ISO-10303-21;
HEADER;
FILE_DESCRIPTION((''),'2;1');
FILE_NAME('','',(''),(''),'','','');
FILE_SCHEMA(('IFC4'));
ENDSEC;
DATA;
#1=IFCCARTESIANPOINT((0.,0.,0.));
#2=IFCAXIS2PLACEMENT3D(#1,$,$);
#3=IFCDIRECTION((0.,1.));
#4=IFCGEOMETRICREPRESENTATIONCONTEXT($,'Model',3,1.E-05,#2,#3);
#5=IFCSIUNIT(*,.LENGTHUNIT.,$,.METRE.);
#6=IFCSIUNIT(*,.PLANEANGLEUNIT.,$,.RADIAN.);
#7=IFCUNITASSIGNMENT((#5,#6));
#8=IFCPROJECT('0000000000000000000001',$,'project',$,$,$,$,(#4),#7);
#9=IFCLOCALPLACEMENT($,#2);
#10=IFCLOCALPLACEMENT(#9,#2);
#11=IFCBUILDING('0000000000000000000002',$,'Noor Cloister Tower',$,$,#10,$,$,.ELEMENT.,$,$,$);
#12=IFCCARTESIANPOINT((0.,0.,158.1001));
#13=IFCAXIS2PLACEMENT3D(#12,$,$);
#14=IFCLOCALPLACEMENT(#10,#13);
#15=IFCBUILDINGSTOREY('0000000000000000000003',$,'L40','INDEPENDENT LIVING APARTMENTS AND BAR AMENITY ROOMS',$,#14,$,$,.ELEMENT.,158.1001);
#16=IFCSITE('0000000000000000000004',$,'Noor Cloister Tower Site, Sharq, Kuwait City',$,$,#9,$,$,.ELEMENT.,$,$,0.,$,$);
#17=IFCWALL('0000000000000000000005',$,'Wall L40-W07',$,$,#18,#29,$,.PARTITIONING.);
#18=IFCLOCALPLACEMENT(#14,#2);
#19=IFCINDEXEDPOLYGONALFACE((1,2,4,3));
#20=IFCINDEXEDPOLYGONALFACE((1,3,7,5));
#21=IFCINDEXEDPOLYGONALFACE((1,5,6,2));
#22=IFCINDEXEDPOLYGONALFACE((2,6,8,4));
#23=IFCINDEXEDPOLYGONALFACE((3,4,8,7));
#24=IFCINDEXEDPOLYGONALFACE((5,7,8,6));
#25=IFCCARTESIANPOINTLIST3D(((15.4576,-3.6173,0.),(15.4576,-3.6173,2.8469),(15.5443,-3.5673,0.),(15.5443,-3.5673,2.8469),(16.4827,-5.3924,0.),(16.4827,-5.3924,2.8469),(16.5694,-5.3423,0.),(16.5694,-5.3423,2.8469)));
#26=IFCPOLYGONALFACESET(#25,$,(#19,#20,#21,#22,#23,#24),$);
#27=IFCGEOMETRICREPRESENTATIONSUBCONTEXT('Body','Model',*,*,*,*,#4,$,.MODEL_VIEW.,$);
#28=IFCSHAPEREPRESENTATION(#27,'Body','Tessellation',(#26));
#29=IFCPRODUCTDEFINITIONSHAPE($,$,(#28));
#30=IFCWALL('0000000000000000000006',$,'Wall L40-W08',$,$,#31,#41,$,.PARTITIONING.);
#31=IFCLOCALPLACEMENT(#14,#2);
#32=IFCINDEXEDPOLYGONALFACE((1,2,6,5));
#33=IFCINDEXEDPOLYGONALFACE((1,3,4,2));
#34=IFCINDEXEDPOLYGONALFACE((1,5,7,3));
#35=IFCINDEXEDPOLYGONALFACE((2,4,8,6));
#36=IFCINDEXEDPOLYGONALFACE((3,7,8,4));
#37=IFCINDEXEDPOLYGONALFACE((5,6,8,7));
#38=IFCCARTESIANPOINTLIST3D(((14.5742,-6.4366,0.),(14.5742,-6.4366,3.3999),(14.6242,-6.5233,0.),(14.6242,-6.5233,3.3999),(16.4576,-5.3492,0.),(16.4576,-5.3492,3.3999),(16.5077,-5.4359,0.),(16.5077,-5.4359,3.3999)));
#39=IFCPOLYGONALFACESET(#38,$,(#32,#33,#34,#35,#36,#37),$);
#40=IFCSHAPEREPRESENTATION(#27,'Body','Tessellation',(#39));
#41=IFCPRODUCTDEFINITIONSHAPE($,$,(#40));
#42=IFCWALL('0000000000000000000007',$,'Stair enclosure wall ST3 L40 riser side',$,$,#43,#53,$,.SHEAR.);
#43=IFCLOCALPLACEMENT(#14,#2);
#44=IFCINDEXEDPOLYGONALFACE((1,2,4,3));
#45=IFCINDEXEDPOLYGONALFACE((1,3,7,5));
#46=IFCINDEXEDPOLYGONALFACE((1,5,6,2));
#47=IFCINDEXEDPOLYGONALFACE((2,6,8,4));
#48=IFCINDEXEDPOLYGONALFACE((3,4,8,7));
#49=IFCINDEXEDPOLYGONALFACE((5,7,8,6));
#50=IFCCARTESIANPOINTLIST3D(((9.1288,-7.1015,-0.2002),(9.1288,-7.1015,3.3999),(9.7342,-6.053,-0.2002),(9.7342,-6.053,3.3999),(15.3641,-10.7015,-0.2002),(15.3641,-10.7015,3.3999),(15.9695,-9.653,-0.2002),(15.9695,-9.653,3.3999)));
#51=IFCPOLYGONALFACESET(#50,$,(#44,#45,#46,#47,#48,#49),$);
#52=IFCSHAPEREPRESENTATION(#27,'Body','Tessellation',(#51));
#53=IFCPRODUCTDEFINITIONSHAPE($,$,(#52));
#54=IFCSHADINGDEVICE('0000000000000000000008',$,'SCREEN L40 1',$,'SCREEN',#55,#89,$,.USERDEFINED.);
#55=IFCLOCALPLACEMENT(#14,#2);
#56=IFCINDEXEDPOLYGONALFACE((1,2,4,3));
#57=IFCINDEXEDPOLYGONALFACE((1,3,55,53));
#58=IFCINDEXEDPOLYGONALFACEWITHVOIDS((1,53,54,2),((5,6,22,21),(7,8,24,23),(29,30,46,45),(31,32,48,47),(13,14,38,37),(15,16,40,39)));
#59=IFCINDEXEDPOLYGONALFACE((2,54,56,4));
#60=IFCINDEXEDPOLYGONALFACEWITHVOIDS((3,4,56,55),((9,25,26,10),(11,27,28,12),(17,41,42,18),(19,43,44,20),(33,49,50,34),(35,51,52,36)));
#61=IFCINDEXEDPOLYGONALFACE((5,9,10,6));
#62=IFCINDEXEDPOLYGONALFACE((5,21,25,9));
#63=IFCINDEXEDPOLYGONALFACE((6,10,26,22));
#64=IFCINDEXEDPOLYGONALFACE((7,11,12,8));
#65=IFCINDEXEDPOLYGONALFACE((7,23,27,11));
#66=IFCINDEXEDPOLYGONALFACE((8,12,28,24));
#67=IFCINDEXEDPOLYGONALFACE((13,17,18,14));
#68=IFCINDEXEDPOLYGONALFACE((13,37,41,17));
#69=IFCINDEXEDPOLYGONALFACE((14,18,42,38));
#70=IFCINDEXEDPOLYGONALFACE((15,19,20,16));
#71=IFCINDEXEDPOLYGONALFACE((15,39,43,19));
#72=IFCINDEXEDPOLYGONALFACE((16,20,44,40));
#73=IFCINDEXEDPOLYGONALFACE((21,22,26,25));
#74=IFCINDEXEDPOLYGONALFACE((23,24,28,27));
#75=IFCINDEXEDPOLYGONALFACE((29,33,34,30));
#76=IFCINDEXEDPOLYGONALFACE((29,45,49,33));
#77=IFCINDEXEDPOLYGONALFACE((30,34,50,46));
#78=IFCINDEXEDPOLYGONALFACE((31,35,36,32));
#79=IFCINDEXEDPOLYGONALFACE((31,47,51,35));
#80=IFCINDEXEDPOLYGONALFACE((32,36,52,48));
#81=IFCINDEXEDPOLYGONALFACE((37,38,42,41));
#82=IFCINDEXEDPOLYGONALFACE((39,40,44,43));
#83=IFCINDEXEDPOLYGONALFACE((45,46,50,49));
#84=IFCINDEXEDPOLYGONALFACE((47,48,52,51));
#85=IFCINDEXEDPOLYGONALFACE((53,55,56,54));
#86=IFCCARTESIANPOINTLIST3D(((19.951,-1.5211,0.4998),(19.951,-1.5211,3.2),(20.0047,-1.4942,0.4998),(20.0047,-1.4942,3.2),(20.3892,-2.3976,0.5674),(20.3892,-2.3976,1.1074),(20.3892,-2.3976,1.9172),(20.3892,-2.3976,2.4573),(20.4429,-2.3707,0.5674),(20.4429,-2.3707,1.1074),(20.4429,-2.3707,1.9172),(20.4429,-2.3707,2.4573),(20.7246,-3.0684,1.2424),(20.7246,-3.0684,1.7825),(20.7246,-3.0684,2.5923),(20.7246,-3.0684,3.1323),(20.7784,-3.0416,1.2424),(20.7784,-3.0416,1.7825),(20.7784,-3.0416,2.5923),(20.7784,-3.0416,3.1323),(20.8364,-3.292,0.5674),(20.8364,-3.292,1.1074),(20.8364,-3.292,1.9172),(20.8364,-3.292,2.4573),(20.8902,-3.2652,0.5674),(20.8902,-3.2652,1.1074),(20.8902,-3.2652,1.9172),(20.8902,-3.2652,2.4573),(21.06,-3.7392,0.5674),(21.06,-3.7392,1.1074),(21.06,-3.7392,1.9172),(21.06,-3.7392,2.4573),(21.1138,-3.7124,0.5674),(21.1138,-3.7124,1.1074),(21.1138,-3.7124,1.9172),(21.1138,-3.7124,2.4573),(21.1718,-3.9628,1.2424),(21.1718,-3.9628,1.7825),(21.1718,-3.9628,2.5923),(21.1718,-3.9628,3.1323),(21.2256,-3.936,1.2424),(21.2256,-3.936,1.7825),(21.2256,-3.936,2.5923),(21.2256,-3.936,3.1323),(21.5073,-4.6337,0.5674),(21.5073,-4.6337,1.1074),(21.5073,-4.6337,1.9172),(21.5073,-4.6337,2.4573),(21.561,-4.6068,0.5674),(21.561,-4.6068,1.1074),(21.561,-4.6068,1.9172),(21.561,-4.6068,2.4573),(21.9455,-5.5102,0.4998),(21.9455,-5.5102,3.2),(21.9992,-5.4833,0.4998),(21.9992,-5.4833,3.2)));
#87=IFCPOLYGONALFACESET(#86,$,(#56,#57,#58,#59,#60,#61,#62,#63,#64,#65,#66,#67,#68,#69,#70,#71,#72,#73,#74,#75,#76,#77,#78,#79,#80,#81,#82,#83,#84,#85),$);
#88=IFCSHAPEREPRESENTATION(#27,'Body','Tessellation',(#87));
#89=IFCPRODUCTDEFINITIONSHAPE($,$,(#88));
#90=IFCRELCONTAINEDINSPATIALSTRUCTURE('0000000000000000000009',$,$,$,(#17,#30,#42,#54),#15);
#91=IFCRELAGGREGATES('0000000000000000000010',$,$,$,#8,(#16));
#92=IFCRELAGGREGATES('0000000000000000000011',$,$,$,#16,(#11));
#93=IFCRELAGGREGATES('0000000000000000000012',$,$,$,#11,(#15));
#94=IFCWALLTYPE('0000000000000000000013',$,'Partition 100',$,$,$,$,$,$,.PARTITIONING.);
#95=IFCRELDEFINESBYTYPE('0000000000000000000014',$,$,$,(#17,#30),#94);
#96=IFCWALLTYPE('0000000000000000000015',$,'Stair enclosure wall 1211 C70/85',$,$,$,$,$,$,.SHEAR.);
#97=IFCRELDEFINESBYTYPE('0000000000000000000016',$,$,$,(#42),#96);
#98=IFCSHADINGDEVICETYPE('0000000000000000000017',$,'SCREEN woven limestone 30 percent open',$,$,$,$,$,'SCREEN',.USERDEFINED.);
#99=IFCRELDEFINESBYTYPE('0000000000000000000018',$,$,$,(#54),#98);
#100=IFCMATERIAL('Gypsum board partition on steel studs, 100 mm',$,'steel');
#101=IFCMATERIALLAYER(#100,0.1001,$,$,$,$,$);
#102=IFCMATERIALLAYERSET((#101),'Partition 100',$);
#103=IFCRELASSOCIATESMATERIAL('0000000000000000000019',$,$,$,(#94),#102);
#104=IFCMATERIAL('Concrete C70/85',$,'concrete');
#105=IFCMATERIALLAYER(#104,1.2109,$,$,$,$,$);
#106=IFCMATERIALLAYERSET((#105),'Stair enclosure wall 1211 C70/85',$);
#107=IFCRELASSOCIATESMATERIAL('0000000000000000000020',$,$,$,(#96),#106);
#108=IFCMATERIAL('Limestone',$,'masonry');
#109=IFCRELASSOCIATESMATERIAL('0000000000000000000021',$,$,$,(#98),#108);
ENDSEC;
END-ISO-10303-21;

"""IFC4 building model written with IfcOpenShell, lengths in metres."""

from ifc_helpers import new_model, si_unit, direction, frame, frame_2d, origin, place, context, subcontext, project, spatial, polyline, rectangle, outline, extrude, material, layer, layer_set, material_profile, profile_set, type_object, element, save


model = new_model("IFC4")

# Units and contexts
model_context = context("Model", 3, precision=1e-05, world=origin(), true_north=direction((0.0, 1.0)))
body_context = subcontext(model_context, "Body", "Model", "MODEL_VIEW")
ifc_project = project(units=[si_unit("LENGTHUNIT", "METRE"), si_unit("PLANEANGLEUNIT", "RADIAN")], contexts=[model_context])

# Site, building, storey
site_placement = place(None, origin())
site = spatial("IfcSite", under=ifc_project, at=site_placement, Name="Noor Cloister Tower Site, Sharq, Kuwait City", CompositionType="ELEMENT", RefElevation=0.0)
building_placement = place(site_placement, origin())
building = spatial("IfcBuilding", under=site, at=building_placement, Name="Noor Cloister Tower", CompositionType="ELEMENT")
storey_placement = place(building_placement, frame((0.0, 0.0, 158.1001)))
storey = spatial("IfcBuildingStorey", under=building, at=storey_placement, Name="L40", Description="INDEPENDENT LIVING APARTMENTS AND BAR AMENITY ROOMS", CompositionType="ELEMENT", Elevation=158.1001)

# Shared definitions
ifc_material_1 = material(Name="Gypsum board partition on steel studs, 100 mm", Category="steel")
ifc_layer_1 = layer(ifc_material_1, 0.1001)
ifc_layer_set_1 = layer_set([ifc_layer_1], Name="Partition 100")
wall_type_1 = type_object("IfcWallType", Name="Partition 100", PredefinedType="PARTITIONING", material=ifc_layer_set_1)

# Walls
wall_1_placement = place(storey_placement, frame((15.501, -3.5923, 0.0), z_axis=(0.0, 0.0, 1.0), x_axis=(0.500097, -0.865969, 0.0)))
element("IfcWall", 1, at=wall_1_placement, inside=storey, type_object=wall_type_1, Name="Wall L40-W07", PredefinedType="PARTITIONING", context=body_context, shape_type="SweptSolid", body=[
    extrude(rectangle(XDim=2.0498, YDim=0.1001, at=frame_2d((1.0249, 0.0))), origin(), (0.0, 0.0, 1.0), 2.8469),
])
wall_2_placement = place(storey_placement, frame((16.4827, -5.3926, 0.0), z_axis=(0.0, 0.0, 1.0), x_axis=(-0.866038, -0.499978, 0.0)))
element("IfcWall", 2, at=wall_2_placement, inside=storey, type_object=wall_type_1, Name="Wall L40-W08", PredefinedType="PARTITIONING", context=body_context, shape_type="SweptSolid", body=[
    extrude(rectangle(XDim=2.1748, YDim=0.1001, at=frame_2d((1.0874, 0.0))), origin(), (0.0, 0.0, 1.0), 3.3999),
])
ifc_material_2 = material(Name="Concrete C70/85", Category="concrete")
ifc_layer_2 = layer(ifc_material_2, 1.2109)
ifc_layer_set_2 = layer_set([ifc_layer_2], Name="Stair enclosure wall 1211 C70/85")
wall_type_2 = type_object("IfcWallType", Name="Stair enclosure wall 1211 C70/85", PredefinedType="SHEAR", material=ifc_layer_set_2)
wall_3_placement = place(storey_placement, frame((9.4314, -6.5771, -0.2002), z_axis=(0.0, 0.0, 1.0), x_axis=(0.866018, -0.500012, 0.0)))
element("IfcWall", 3, at=wall_3_placement, inside=storey, type_object=wall_type_2, Name="Stair enclosure wall ST3 L40 riser side", PredefinedType="SHEAR", context=body_context, shape_type="SweptSolid", body=[
    extrude(rectangle(XDim=7.2, YDim=1.2107, at=frame_2d((3.6001, 0.0))), origin(), (0.0, 0.0, 1.0), 3.6001),
])

# Shading device
ifc_material_3 = material(Name="Limestone", Category="masonry")
ifc_material_profile_1 = material_profile(ifc_material_3, outline(polyline([(-2.23, -1.3501), (2.23, -1.3501), (2.23, 1.3501), (-2.23, 1.3501), (-2.23, -1.3501)]), holes=[polyline([(-1.25, -1.2825), (-0.25, -1.2825), (-0.25, -0.7424), (-1.25, -0.7424), (-1.25, -1.2825)]), polyline([(0.25, -1.2825), (1.25, -1.2825), (1.25, -0.7424), (0.25, -0.7424), (0.25, -1.2825)]), polyline([(-0.5, -0.6074), (0.5, -0.6074), (0.5, -0.0674), (-0.5, -0.0674), (-0.5, -0.6074)]), polyline([(-1.25, 0.0674), (-0.25, 0.0674), (-0.25, 0.6074), (-1.25, 0.6074), (-1.25, 0.0674)]), polyline([(0.25, 0.0674), (1.25, 0.0674), (1.25, 0.6074), (0.25, 0.6074), (0.25, 0.0674)]), polyline([(-0.5, 0.7424), (0.5, 0.7424), (0.5, 1.2825), (-0.5, 1.2825), (-0.5, 0.7424)])]), Name="Woven screen 30 percent open")
ifc_profile_set_1 = profile_set([ifc_material_profile_1], Name="Limestone")
shading_device_type = type_object("IfcShadingDeviceType", Name="SCREEN woven limestone 30 percent open", ElementType="SCREEN", PredefinedType="USERDEFINED", material=ifc_profile_set_1)
shading_device_placement = place(storey_placement, frame((20.9482, -3.5156, 1.8499), z_axis=(0.894427, 0.447214, 0.0), x_axis=(-0.447214, 0.894427, 0.0)))
element("IfcShadingDevice", 4, at=shading_device_placement, inside=storey, type_object=shading_device_type, Name="SCREEN L40 1", ObjectType="SCREEN", PredefinedType="USERDEFINED", context=body_context, shape_type="SweptSolid", body=[
    extrude(outline(polyline([(-2.23, -1.3501), (2.23, -1.3501), (2.23, 1.3501), (-2.23, 1.3501), (-2.23, -1.3501)]), holes=[polyline([(-1.25, -1.2825), (-0.25, -1.2825), (-0.25, -0.7424), (-1.25, -0.7424), (-1.25, -1.2825)]), polyline([(0.25, -1.2825), (1.25, -1.2825), (1.25, -0.7424), (0.25, -0.7424), (0.25, -1.2825)]), polyline([(-0.5, -0.6074), (0.5, -0.6074), (0.5, -0.0674), (-0.5, -0.0674), (-0.5, -0.6074)]), polyline([(-1.25, 0.0674), (-0.25, 0.0674), (-0.25, 0.6074), (-1.25, 0.6074), (-1.25, 0.0674)]), polyline([(0.25, 0.0674), (1.25, 0.0674), (1.25, 0.6074), (0.25, 0.6074), (0.25, 0.0674)]), polyline([(-0.5, 0.7424), (0.5, 0.7424), (0.5, 1.2825), (-0.5, 1.2825), (-0.5, 0.7424)])]), origin(), (0.0, 0.0, 1.0), 0.0601),
])

save(model, "model.ifc")
